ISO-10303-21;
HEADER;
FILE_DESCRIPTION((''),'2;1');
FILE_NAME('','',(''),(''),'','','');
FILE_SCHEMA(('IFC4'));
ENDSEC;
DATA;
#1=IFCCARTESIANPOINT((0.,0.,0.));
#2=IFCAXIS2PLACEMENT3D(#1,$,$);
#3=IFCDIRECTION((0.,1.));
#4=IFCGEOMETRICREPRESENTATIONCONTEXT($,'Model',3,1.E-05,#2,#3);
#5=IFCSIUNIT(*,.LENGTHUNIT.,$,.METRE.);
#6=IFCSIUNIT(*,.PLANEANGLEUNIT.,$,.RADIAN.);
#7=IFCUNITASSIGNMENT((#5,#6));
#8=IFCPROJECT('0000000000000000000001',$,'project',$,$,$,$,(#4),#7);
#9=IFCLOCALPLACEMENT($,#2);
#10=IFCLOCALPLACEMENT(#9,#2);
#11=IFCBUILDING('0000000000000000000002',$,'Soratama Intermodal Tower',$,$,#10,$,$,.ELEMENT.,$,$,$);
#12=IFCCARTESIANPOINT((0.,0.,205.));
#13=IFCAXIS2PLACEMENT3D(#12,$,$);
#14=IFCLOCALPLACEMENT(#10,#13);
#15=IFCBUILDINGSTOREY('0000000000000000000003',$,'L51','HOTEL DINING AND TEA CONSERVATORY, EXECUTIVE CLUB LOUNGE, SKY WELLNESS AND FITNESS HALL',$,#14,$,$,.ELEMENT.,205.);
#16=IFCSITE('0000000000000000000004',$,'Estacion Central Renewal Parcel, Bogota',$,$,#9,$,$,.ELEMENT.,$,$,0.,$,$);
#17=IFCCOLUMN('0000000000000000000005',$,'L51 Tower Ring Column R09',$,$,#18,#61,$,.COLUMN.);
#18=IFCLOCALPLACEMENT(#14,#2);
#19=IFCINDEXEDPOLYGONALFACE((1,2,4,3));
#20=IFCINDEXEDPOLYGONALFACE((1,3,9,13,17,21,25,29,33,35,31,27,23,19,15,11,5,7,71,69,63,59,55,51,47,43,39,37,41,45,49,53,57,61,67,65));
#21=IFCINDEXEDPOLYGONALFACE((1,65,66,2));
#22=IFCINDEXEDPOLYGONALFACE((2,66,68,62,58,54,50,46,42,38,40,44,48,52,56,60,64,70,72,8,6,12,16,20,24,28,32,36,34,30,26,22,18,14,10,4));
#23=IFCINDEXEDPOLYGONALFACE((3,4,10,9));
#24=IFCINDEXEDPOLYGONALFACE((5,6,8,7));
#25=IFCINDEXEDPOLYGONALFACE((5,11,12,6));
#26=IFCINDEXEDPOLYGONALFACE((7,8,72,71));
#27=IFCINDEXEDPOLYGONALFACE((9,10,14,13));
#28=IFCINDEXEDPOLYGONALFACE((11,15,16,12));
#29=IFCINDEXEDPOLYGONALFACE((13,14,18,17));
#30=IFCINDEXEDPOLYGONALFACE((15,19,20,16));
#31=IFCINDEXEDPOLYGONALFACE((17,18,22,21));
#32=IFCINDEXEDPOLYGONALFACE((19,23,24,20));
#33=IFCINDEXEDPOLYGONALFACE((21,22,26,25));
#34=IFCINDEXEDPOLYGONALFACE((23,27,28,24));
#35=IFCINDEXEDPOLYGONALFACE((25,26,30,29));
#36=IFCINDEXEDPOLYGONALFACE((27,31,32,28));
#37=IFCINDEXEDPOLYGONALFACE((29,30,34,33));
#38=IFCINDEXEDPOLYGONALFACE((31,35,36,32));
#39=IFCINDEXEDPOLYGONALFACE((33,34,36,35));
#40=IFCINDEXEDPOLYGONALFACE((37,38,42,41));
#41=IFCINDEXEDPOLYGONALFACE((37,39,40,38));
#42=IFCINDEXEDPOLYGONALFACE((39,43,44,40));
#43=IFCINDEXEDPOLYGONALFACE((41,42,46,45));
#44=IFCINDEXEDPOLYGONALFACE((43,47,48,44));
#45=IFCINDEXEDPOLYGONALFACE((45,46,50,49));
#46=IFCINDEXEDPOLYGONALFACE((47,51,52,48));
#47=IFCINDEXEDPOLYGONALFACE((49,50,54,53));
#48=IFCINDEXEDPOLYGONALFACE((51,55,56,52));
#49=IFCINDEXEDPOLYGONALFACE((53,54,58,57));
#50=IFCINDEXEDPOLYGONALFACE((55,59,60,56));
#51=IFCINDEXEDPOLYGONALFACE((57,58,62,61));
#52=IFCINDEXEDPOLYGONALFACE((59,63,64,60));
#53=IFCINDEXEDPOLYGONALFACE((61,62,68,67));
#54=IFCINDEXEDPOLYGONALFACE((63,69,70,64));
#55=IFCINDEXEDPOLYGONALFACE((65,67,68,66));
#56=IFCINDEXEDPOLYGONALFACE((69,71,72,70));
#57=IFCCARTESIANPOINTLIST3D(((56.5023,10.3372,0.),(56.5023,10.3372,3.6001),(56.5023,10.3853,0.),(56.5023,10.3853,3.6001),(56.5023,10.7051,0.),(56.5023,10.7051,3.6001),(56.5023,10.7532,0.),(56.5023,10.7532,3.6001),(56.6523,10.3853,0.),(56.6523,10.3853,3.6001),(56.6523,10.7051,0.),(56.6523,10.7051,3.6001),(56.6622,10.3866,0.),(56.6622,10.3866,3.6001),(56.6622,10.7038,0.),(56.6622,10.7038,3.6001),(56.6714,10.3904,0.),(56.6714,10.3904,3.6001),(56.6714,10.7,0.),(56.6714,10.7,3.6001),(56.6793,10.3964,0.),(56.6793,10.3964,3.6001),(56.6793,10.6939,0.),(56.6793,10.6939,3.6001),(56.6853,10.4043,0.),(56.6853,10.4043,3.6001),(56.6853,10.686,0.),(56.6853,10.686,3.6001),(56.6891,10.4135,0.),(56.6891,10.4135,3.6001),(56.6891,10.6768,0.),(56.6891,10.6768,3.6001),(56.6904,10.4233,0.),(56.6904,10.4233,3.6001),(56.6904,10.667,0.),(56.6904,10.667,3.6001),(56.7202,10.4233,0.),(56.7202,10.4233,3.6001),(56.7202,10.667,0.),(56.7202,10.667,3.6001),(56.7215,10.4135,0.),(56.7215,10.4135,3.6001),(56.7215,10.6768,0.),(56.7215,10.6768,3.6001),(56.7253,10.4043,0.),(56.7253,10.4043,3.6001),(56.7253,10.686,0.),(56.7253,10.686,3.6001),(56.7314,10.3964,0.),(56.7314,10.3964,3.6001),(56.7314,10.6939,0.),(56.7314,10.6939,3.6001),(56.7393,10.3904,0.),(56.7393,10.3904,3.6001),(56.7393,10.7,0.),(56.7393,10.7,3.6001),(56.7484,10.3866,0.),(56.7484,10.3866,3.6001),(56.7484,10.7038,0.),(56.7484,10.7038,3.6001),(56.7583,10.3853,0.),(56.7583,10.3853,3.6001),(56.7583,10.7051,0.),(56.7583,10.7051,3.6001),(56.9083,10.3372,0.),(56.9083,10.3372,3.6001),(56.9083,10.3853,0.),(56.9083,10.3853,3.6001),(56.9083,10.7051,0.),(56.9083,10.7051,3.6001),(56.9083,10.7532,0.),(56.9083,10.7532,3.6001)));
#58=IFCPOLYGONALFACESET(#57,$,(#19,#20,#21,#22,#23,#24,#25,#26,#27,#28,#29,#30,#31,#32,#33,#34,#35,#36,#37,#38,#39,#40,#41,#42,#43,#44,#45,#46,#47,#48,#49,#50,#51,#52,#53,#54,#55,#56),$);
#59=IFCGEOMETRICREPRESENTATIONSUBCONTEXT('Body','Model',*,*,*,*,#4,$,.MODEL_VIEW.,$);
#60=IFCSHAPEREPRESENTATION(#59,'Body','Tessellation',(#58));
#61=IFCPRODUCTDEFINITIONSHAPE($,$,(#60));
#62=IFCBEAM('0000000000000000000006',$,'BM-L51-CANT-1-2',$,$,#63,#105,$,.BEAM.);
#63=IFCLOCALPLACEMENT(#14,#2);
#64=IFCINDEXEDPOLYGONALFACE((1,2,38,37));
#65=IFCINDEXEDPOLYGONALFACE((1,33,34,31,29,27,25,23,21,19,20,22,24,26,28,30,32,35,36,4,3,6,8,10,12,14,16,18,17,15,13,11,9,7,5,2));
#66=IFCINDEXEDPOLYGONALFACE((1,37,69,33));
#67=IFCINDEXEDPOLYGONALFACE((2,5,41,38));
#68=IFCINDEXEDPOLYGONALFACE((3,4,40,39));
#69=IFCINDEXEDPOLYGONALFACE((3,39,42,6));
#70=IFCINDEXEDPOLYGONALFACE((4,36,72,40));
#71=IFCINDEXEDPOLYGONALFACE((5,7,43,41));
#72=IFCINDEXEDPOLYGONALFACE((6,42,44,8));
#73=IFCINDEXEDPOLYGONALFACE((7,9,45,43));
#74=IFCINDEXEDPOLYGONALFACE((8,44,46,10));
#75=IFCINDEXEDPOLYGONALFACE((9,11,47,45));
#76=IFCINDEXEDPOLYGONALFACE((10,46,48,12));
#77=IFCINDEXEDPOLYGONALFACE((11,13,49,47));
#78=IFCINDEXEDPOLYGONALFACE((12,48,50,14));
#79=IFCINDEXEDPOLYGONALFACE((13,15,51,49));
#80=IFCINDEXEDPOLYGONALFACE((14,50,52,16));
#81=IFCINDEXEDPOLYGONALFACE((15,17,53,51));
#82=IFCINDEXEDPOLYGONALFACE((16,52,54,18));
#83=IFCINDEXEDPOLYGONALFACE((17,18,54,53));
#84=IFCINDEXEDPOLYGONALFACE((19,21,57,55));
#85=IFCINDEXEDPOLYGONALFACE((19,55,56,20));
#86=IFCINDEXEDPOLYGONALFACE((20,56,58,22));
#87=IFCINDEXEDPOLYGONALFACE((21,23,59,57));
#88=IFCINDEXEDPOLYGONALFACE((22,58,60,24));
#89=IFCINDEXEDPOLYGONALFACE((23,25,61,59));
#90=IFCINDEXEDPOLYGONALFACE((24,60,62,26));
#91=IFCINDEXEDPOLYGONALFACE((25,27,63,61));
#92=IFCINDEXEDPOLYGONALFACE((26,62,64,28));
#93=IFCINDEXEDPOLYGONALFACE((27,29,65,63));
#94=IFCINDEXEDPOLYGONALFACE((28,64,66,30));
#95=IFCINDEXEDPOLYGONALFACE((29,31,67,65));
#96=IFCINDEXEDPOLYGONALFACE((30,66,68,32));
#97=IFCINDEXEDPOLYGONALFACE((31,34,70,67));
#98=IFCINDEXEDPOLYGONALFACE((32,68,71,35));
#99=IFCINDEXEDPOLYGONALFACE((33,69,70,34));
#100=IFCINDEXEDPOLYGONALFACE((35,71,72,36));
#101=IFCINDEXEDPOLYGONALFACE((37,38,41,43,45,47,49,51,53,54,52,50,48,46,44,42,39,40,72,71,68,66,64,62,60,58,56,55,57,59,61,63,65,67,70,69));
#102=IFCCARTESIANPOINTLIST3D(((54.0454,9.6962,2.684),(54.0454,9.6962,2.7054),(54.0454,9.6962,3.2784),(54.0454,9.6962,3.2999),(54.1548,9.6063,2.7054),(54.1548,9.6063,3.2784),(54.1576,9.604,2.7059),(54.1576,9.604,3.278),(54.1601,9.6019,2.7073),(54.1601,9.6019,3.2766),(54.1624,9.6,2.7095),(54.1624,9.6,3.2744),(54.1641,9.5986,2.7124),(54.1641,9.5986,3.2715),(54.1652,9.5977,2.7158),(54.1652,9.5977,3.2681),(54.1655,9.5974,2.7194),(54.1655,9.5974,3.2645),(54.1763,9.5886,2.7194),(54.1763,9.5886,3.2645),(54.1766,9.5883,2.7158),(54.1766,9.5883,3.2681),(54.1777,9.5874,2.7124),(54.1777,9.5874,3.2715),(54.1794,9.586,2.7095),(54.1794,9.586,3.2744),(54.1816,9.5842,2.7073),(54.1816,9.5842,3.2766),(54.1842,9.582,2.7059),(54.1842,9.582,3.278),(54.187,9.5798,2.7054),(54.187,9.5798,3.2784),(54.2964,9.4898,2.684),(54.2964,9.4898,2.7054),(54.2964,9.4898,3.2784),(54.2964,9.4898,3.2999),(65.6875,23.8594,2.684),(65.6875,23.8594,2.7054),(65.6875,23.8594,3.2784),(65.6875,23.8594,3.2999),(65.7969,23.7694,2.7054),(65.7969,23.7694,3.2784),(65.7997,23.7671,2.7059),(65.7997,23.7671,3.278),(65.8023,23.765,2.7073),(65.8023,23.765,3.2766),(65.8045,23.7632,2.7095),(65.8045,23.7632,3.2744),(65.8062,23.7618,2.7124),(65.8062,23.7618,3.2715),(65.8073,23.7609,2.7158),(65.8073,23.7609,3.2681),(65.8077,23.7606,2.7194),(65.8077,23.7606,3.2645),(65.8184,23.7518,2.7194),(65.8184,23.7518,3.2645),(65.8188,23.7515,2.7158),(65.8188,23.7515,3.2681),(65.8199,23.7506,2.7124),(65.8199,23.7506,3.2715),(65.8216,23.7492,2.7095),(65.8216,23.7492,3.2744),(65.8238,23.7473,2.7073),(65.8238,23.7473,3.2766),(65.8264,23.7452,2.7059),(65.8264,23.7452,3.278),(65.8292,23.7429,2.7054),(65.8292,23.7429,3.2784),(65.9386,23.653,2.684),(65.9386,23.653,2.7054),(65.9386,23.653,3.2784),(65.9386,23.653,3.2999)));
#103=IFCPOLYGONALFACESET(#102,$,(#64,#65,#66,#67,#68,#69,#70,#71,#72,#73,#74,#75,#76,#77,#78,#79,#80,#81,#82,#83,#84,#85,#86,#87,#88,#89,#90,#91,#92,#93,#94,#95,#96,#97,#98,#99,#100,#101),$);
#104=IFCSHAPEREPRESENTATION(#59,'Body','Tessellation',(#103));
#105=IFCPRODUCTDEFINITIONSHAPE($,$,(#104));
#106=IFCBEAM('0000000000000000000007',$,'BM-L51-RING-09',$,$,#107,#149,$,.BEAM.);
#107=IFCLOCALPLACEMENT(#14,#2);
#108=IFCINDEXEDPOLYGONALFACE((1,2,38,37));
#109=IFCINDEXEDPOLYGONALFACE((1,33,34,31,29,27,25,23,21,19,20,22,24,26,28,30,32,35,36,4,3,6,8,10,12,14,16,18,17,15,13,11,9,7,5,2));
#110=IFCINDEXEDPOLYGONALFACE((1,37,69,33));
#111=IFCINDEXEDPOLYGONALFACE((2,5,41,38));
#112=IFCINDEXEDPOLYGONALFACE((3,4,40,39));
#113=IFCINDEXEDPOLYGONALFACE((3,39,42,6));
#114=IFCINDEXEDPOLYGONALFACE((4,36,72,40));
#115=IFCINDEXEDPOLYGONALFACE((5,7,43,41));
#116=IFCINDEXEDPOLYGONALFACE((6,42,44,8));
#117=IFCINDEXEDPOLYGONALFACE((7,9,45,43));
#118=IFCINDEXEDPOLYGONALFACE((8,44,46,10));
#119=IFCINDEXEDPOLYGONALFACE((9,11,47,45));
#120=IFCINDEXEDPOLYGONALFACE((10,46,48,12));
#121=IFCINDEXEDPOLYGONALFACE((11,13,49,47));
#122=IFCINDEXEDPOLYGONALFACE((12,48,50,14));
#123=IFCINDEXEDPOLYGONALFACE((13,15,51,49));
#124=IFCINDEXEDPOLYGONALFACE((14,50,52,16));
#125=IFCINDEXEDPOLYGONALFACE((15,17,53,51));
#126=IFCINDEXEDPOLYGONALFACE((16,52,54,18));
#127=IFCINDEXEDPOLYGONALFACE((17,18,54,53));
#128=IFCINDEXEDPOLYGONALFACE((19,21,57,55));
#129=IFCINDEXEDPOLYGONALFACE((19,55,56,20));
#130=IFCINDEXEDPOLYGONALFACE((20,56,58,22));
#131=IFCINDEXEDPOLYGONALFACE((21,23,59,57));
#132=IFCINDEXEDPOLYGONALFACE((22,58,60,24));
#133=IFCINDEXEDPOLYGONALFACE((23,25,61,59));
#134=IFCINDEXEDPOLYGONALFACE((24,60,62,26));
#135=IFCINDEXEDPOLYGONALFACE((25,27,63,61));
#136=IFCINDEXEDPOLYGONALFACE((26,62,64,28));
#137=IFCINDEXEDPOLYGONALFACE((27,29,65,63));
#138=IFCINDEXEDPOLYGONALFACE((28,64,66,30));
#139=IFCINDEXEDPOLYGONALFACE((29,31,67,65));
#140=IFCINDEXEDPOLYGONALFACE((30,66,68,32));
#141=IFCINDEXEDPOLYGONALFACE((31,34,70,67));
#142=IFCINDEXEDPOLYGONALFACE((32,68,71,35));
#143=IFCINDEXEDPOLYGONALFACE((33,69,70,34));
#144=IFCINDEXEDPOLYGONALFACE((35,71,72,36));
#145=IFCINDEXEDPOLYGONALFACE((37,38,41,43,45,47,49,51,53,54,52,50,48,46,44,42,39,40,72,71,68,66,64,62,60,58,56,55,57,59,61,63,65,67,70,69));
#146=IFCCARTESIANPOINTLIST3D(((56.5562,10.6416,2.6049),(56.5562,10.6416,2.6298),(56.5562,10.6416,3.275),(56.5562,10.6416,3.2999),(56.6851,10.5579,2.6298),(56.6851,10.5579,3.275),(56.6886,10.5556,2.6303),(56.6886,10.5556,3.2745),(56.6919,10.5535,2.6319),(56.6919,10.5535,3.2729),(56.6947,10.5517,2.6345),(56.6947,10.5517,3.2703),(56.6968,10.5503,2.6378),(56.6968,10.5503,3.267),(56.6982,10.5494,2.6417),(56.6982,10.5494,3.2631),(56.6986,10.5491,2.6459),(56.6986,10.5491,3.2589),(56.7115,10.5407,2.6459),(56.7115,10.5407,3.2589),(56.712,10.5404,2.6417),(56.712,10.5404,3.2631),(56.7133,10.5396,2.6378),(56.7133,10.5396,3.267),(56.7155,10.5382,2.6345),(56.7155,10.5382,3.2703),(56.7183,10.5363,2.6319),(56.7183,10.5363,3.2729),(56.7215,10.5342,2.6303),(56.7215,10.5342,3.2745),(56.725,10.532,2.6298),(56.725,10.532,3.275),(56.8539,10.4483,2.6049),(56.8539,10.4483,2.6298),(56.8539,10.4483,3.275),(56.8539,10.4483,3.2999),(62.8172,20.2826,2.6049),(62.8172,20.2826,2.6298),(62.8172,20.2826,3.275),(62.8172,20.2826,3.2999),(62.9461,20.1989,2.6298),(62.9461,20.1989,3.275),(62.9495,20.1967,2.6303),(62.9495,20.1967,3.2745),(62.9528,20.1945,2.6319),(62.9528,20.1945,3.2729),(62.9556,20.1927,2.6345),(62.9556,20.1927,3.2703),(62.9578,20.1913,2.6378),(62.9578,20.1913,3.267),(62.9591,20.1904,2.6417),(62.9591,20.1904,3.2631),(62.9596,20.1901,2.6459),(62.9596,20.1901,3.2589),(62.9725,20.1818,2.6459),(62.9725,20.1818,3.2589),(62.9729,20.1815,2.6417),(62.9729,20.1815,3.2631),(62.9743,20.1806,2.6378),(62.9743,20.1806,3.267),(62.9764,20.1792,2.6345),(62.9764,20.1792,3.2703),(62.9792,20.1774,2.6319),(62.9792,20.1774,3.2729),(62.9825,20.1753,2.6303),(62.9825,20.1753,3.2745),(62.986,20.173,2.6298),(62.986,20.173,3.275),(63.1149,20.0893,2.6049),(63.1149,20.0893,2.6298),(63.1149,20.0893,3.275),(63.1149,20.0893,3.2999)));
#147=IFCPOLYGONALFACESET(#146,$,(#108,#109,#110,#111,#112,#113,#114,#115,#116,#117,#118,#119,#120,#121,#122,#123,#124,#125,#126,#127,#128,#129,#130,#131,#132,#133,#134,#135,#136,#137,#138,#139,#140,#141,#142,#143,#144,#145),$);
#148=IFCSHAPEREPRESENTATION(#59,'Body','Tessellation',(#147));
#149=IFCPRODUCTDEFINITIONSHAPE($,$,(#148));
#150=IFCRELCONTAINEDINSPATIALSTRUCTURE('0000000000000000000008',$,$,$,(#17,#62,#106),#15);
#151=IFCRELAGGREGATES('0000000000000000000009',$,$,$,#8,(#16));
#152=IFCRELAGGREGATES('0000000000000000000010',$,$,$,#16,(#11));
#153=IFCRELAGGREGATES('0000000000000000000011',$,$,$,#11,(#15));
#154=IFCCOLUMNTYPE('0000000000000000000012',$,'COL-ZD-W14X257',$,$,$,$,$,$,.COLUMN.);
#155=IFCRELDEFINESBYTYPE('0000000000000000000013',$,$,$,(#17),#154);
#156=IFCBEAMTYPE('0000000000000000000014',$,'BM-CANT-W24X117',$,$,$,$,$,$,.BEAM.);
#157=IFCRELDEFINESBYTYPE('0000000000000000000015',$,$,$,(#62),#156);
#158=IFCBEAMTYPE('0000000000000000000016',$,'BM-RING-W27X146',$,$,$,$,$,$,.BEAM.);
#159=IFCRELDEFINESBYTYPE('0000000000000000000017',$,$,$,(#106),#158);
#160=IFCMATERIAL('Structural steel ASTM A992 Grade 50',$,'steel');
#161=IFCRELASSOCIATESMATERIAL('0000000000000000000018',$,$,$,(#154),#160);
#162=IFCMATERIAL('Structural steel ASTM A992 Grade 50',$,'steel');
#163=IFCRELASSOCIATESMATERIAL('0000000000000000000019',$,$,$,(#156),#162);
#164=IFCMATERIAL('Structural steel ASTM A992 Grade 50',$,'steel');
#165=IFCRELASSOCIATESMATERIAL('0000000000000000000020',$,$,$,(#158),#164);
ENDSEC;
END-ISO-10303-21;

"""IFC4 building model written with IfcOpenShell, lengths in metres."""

from ifc_helpers import new_model, si_unit, direction, frame, origin, origin_2d, place, context, subcontext, project, spatial, i_section, extrude, material, material_profile, profile_set, type_object, element, save


model = new_model("IFC4")

# Units and contexts
model_context = context("Model", 3, precision=1e-05, world=origin(), true_north=direction((0.0, 1.0)))
body_context = subcontext(model_context, "Body", "Model", "MODEL_VIEW")
ifc_project = project(units=[si_unit("LENGTHUNIT", "METRE"), si_unit("PLANEANGLEUNIT", "RADIAN")], contexts=[model_context])

# Site, building, storey
site_placement = place(None, origin())
site = spatial("IfcSite", under=ifc_project, at=site_placement, Name="Estacion Central Renewal Parcel, Bogota", CompositionType="ELEMENT", RefElevation=0.0)
building_placement = place(site_placement, origin())
building = spatial("IfcBuilding", under=site, at=building_placement, Name="Soratama Intermodal Tower", CompositionType="ELEMENT")
storey_placement = place(building_placement, frame((0.0, 0.0, 205.0)))
storey = spatial("IfcBuildingStorey", under=building, at=storey_placement, Name="L51", Description="HOTEL DINING AND TEA CONSERVATORY, EXECUTIVE CLUB LOUNGE, SKY WELLNESS AND FITNESS HALL", CompositionType="ELEMENT", Elevation=205.0)

# Column
ifc_material_1 = material(Name="Structural steel ASTM A992 Grade 50", Category="steel")
ifc_material_profile_1 = material_profile(ifc_material_1, i_section(OverallWidth=0.406, OverallDepth=0.416, WebThickness=0.0298, FlangeThickness=0.0481, FilletRadius=0.0381, at=origin_2d()), Name="W14X257")
ifc_profile_set_1 = profile_set([ifc_material_profile_1], Name="Structural steel ASTM A992 Grade 50")
column_type = type_object("IfcColumnType", Name="COL-ZD-W14X257", PredefinedType="COLUMN", material=ifc_profile_set_1)
column_placement = place(storey_placement, frame((56.7053, 10.5452, 0.0), z_axis=(0.0, 0.0, 1.0), x_axis=(1.0, 0.0, 0.0)))
element("IfcColumn", 1, at=column_placement, inside=storey, type_object=column_type, Name="L51 Tower Ring Column R09", PredefinedType="COLUMN", context=body_context, shape_type="SweptSolid", body=[
    extrude(i_section(OverallWidth=0.406, OverallDepth=0.416, WebThickness=0.0298, FlangeThickness=0.0481, FilletRadius=0.0381, at=origin_2d()), origin(), (0.0, 0.0, 1.0), 3.6001),
])

# Beams
ifc_material_2 = material(Name="Structural steel ASTM A992 Grade 50", Category="steel")
ifc_material_profile_2 = material_profile(ifc_material_2, i_section(OverallWidth=0.325, OverallDepth=0.616, WebThickness=0.0139, FlangeThickness=0.0215, FilletRadius=0.0139, at=origin_2d()), Name="W24X117")
ifc_profile_set_2 = profile_set([ifc_material_profile_2], Name="Structural steel ASTM A992 Grade 50")
beam_type_1 = type_object("IfcBeamType", Name="BM-CANT-W24X117", PredefinedType="BEAM", material=ifc_profile_set_2)
beam_1_placement = place(storey_placement, frame((54.1709, 9.593, 2.9919), z_axis=(0.635004, 0.772509, 0.0), x_axis=(-0.772509, 0.635004, 0.0)))
element("IfcBeam", 2, at=beam_1_placement, inside=storey, type_object=beam_type_1, Name="BM-L51-CANT-1-2", PredefinedType="BEAM", context=body_context, shape_type="SweptSolid", body=[
    extrude(i_section(OverallWidth=0.325, OverallDepth=0.616, WebThickness=0.0139, FlangeThickness=0.0215, FilletRadius=0.0139, at=origin_2d()), origin(), (0.0, 0.0, 1.0), 18.334),
])
ifc_material_3 = material(Name="Structural steel ASTM A992 Grade 50", Category="steel")
ifc_material_profile_3 = material_profile(ifc_material_3, i_section(OverallWidth=0.355, OverallDepth=0.6951, WebThickness=0.0154, FlangeThickness=0.0249, FilletRadius=0.0161, at=origin_2d()), Name="W27X146")
ifc_profile_set_3 = profile_set([ifc_material_profile_3], Name="Structural steel ASTM A992 Grade 50")
beam_type_2 = type_object("IfcBeamType", Name="BM-RING-W27X146", PredefinedType="BEAM", material=ifc_profile_set_3)
beam_2_placement = place(storey_placement, frame((56.7051, 10.5449, 2.9524), z_axis=(0.544637, 0.838672, 0.0), x_axis=(-0.838672, 0.544637, 0.0)))
element("IfcBeam", 3, at=beam_2_placement, inside=storey, type_object=beam_type_2, Name="BM-L51-RING-09", PredefinedType="BEAM", context=body_context, shape_type="SweptSolid", body=[
    extrude(i_section(OverallWidth=0.355, OverallDepth=0.6951, WebThickness=0.0154, FlangeThickness=0.0249, FilletRadius=0.0161, at=origin_2d()), origin(), (0.0, 0.0, 1.0), 11.4956),
])

save(model, "model.ifc")
